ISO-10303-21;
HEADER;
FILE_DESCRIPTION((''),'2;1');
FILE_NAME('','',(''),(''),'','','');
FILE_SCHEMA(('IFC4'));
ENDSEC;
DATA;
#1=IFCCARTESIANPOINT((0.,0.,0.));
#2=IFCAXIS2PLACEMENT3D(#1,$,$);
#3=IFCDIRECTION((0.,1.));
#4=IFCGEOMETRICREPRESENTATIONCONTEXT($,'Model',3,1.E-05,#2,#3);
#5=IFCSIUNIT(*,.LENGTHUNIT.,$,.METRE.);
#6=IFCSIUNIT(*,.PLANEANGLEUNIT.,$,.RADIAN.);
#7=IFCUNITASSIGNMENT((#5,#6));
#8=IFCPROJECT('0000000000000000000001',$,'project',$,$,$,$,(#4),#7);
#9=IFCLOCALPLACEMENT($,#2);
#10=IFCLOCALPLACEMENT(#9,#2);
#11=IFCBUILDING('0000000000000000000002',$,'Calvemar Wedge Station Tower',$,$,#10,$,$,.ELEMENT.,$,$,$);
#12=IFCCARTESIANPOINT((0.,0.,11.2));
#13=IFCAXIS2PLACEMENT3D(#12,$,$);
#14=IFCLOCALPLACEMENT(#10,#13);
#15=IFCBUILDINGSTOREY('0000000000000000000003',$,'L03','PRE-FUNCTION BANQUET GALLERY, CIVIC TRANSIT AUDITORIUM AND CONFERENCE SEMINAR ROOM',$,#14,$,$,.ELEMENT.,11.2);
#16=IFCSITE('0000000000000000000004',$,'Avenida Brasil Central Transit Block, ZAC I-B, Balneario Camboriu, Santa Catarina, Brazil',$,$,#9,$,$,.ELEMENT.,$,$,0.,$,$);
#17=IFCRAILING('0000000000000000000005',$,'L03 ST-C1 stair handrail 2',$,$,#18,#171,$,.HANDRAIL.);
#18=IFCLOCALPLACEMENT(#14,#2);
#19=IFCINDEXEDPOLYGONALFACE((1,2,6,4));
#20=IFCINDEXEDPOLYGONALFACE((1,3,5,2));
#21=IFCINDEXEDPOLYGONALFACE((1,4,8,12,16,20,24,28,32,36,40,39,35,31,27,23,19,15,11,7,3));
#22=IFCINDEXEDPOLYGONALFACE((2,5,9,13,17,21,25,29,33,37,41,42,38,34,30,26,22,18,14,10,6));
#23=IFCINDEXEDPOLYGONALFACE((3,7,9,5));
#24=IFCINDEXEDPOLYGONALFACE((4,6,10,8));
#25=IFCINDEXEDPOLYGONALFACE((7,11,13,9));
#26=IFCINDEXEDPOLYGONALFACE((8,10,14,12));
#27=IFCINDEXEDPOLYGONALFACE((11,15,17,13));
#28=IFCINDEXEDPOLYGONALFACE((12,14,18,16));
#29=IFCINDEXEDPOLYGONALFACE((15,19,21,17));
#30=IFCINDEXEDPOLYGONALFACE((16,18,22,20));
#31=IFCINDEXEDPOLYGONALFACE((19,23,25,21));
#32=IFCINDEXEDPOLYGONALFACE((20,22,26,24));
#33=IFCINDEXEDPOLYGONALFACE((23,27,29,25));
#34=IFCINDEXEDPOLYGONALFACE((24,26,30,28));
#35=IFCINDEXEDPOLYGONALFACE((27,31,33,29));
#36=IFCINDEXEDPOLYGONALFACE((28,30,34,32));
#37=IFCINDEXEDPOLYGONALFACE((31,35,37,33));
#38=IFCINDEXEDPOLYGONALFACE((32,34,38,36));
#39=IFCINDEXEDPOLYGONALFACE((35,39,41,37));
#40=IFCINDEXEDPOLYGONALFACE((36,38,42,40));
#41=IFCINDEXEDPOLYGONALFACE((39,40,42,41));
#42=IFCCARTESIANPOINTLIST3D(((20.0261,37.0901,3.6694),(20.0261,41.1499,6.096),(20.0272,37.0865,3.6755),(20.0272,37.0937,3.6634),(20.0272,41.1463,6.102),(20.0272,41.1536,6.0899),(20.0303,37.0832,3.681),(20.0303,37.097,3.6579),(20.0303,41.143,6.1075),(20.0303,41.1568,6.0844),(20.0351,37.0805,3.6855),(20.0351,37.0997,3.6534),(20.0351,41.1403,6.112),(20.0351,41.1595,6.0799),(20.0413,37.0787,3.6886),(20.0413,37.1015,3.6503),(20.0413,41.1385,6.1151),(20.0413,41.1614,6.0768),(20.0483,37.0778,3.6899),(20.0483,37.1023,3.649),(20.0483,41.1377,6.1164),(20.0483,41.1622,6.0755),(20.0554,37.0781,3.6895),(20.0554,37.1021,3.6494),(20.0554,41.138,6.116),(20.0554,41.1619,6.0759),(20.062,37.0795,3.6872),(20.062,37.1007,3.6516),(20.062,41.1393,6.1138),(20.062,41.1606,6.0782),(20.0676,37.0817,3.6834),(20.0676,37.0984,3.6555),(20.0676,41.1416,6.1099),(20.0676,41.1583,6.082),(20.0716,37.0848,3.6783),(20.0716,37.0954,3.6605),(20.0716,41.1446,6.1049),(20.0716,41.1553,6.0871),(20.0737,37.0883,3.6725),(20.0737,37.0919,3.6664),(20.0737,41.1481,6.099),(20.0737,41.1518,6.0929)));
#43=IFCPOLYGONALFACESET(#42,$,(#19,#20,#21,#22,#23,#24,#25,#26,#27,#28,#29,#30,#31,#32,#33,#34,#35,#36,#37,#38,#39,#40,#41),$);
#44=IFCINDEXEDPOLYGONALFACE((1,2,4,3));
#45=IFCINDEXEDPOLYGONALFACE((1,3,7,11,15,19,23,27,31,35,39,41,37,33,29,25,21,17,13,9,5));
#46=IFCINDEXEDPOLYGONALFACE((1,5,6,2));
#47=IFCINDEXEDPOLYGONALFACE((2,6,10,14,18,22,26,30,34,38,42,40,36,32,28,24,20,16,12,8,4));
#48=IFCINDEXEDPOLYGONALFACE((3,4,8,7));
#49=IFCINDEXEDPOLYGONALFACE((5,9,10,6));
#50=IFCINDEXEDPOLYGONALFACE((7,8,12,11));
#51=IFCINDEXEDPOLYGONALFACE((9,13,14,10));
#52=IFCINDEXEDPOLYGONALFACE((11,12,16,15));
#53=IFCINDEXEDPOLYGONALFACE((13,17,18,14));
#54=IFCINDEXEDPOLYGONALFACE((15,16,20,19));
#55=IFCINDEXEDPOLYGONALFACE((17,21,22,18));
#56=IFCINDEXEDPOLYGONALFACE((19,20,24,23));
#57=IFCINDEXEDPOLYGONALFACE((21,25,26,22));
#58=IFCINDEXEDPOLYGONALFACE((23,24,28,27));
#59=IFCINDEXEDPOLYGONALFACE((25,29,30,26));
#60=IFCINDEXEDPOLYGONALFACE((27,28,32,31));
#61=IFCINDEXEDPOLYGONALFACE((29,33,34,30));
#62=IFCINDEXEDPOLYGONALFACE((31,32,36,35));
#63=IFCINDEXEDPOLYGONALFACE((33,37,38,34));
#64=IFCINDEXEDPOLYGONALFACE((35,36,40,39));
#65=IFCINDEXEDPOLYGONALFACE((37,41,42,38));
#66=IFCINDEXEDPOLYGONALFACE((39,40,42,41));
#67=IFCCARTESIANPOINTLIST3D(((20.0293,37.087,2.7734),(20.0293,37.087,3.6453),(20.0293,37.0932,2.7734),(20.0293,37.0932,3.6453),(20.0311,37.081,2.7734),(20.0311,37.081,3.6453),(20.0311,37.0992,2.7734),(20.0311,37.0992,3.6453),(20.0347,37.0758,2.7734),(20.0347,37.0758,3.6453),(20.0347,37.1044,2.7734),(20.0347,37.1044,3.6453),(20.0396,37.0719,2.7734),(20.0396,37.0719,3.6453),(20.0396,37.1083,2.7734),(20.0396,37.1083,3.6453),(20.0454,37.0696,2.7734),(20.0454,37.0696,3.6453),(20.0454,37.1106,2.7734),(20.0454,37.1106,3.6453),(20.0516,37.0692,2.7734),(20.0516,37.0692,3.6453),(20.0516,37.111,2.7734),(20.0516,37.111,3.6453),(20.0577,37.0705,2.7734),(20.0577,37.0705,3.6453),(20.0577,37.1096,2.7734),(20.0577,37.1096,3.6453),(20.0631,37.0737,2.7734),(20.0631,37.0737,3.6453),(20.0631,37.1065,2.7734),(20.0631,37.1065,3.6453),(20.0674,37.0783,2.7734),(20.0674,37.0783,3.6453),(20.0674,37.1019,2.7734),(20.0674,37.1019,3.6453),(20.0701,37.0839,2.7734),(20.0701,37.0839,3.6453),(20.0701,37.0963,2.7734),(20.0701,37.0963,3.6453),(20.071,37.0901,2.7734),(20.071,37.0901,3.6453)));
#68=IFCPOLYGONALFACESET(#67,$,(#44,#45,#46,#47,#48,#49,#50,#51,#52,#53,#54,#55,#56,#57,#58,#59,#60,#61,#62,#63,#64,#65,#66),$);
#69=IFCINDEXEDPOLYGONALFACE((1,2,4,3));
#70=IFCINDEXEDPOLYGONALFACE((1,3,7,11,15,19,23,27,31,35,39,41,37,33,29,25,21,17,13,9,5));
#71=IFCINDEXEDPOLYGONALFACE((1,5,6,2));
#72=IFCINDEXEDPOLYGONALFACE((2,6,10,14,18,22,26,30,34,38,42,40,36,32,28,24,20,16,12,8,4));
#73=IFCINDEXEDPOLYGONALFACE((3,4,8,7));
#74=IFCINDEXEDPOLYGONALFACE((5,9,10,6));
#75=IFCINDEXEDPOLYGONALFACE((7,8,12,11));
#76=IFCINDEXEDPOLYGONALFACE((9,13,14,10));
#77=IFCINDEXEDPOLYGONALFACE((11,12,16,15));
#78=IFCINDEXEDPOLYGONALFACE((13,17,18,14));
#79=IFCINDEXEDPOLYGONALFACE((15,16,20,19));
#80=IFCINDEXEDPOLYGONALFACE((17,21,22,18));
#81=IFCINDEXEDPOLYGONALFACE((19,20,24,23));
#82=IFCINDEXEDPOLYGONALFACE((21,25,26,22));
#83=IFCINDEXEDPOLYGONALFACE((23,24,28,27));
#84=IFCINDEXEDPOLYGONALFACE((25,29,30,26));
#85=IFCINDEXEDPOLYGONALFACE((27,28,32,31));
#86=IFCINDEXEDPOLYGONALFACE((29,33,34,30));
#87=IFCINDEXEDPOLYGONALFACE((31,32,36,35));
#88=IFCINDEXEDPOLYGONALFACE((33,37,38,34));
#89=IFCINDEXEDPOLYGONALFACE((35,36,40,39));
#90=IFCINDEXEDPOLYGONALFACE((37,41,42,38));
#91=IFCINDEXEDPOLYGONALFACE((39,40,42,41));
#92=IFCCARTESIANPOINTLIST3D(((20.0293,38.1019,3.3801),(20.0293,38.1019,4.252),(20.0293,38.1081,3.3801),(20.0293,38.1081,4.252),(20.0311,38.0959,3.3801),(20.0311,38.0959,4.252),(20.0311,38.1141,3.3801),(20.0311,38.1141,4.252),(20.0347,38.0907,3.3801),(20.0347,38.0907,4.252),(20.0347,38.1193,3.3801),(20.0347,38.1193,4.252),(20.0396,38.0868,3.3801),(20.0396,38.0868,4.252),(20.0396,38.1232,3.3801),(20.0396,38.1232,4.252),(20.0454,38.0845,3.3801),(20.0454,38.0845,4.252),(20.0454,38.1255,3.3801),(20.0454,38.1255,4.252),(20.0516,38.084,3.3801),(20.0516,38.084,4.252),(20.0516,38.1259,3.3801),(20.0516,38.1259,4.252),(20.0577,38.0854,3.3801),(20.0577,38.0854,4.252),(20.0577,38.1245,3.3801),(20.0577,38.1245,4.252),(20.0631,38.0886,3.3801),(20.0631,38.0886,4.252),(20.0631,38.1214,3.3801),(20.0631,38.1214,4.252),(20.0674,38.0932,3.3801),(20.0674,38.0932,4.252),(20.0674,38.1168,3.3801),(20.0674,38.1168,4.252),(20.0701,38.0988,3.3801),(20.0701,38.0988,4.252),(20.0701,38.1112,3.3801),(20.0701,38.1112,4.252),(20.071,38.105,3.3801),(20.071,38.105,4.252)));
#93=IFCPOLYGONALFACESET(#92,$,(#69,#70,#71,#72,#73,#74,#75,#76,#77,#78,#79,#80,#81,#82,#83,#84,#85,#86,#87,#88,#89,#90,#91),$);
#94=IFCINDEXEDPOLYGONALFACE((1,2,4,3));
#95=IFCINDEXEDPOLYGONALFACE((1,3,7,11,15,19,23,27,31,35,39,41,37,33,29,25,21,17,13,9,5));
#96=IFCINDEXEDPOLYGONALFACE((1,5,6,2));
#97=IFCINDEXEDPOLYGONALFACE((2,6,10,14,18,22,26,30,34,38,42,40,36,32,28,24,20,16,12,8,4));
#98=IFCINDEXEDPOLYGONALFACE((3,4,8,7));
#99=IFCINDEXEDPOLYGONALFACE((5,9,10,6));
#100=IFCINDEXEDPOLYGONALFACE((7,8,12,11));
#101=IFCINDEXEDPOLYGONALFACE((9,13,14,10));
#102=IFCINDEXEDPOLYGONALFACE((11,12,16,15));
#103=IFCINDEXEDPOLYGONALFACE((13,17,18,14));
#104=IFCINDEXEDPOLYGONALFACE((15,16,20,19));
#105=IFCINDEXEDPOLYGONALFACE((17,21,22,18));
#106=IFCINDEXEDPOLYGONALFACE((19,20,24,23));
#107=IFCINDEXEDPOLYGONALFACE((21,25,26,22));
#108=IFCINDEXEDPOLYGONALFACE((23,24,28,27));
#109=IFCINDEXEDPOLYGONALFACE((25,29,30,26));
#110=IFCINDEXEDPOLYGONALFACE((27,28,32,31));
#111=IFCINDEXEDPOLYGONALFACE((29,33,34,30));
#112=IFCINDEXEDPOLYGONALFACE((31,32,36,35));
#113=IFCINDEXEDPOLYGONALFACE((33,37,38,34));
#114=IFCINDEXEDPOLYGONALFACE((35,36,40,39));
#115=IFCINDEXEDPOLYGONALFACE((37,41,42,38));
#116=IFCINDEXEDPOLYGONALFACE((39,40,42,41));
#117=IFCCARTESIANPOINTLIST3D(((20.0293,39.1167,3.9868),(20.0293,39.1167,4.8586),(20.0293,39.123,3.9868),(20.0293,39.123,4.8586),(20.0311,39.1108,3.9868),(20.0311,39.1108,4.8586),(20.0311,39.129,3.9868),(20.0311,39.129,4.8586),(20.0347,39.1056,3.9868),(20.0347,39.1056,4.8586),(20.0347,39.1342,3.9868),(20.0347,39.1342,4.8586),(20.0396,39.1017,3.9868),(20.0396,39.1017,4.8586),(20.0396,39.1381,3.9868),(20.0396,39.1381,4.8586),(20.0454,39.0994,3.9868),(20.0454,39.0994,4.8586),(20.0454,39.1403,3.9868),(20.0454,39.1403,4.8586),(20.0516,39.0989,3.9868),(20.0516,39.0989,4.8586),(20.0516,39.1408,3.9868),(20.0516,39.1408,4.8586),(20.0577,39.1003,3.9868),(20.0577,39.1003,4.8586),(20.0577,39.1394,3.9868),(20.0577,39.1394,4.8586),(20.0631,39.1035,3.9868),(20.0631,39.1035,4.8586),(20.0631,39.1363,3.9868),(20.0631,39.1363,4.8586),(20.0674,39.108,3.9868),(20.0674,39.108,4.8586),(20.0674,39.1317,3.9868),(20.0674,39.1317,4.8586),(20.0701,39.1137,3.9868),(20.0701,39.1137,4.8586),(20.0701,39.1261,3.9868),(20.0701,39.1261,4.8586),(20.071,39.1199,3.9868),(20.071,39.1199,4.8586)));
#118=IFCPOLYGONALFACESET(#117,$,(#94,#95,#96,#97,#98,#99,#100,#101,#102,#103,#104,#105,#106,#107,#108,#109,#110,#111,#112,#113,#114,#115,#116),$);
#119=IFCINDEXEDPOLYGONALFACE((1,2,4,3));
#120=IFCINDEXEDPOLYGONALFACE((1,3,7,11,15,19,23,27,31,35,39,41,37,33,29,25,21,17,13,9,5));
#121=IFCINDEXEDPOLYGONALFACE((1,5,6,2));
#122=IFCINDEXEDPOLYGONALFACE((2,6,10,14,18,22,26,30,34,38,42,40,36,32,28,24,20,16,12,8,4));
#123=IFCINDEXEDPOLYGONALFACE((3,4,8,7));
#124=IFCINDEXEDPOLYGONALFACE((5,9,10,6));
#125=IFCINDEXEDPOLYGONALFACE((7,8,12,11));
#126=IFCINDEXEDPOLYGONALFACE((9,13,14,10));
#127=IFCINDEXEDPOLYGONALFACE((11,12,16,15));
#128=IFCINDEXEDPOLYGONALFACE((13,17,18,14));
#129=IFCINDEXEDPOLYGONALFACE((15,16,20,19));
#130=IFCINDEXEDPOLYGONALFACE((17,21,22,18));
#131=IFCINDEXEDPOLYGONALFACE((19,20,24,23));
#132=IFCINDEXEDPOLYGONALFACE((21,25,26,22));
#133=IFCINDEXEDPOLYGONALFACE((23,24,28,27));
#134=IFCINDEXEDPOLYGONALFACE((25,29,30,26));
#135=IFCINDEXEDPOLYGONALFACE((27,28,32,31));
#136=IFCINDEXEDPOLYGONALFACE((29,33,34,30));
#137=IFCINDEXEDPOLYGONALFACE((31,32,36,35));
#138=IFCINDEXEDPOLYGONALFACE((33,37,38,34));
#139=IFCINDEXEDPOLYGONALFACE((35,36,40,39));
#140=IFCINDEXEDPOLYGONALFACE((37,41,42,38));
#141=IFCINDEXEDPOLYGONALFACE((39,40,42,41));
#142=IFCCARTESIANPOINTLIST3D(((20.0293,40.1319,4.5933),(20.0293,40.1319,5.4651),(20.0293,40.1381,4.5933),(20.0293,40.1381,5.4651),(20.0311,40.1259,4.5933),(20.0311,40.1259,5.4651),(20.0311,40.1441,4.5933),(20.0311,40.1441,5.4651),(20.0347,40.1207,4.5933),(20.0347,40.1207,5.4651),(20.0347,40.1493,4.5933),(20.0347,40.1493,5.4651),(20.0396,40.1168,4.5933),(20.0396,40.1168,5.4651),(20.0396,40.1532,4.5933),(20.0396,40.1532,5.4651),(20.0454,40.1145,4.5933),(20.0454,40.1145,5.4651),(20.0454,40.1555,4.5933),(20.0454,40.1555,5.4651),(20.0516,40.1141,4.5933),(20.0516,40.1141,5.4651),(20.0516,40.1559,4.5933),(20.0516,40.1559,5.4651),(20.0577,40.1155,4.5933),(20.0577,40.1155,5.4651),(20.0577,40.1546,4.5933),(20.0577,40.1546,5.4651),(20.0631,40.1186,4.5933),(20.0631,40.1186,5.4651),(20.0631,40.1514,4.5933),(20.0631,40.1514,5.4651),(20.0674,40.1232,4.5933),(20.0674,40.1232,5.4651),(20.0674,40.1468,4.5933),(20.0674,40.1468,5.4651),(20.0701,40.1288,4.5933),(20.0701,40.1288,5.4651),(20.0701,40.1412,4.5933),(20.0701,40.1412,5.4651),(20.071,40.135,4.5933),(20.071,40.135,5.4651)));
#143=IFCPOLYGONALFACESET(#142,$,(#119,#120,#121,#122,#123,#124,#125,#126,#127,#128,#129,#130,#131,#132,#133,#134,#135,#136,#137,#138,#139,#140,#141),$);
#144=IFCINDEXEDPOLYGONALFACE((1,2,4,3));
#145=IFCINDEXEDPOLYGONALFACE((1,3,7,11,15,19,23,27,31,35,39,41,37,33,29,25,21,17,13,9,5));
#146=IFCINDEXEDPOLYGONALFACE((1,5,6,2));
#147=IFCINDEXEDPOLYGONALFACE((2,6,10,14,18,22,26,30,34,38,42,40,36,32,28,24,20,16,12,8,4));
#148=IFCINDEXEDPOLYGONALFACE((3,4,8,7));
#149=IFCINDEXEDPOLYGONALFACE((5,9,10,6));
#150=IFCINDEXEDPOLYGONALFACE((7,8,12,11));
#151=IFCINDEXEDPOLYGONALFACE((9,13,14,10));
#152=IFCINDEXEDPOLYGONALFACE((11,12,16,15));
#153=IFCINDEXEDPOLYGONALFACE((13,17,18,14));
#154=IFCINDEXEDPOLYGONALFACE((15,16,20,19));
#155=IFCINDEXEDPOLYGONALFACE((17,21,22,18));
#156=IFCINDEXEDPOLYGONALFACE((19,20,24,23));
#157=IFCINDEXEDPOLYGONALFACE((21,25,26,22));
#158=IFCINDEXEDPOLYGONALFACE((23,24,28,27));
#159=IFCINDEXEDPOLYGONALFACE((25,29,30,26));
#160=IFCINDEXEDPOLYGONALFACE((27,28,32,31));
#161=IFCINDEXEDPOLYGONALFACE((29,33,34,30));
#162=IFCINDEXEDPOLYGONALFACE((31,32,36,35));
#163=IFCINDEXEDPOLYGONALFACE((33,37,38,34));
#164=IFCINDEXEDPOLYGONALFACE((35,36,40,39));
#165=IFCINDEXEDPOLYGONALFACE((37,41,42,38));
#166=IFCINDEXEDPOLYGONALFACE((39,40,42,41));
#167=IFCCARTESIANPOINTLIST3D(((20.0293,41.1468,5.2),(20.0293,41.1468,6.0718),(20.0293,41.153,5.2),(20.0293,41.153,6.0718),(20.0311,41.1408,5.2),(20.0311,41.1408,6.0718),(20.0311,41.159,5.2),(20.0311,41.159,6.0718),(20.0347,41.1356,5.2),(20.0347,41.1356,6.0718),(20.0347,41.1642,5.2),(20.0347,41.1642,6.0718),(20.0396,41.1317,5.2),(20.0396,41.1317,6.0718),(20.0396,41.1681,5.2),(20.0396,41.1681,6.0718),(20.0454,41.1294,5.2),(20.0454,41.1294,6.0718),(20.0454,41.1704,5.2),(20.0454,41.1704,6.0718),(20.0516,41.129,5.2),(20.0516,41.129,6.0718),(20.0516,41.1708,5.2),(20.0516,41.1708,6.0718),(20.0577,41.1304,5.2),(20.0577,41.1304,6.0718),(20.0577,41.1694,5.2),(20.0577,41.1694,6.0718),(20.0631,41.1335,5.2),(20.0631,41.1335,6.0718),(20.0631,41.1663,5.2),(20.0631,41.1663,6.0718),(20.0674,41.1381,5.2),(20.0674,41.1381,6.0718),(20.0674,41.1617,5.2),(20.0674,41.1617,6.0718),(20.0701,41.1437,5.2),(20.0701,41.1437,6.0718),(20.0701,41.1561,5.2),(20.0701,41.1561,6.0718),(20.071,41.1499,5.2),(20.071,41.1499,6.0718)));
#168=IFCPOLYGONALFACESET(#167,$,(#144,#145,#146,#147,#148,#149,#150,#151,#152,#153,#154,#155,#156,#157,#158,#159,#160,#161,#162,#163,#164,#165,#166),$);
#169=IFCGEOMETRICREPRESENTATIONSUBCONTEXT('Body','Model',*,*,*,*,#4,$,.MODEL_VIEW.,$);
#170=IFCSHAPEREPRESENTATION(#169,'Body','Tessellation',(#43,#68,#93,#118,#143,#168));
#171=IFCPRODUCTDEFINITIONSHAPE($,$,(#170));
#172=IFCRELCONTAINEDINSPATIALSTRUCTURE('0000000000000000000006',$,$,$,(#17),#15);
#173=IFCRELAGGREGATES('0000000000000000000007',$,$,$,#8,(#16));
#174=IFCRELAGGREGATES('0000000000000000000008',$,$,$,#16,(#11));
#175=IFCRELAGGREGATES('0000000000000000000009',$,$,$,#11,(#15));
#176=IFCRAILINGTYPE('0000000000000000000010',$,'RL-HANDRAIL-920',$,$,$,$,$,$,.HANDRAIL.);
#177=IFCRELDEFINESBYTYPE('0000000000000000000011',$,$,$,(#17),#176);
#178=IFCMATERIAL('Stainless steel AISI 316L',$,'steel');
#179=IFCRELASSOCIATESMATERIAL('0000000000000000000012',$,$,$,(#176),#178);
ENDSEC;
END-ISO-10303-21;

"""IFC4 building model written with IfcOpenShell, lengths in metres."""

from ifc_helpers import new_model, si_unit, direction, frame, origin, origin_2d, place, context, subcontext, project, spatial, circle, extrude, material, type_object, element, save


model = new_model("IFC4")

# Units and contexts
model_context = context("Model", 3, precision=1e-05, world=origin(), true_north=direction((0.0, 1.0)))
body_context = subcontext(model_context, "Body", "Model", "MODEL_VIEW")
ifc_project = project(units=[si_unit("LENGTHUNIT", "METRE"), si_unit("PLANEANGLEUNIT", "RADIAN")], contexts=[model_context])

# Site, building, storey
site_placement = place(None, origin())
site = spatial("IfcSite", under=ifc_project, at=site_placement, Name="Avenida Brasil Central Transit Block, ZAC I-B, Balneario Camboriu, Santa Catarina, Brazil", CompositionType="ELEMENT", RefElevation=0.0)
building_placement = place(site_placement, origin())
building = spatial("IfcBuilding", under=site, at=building_placement, Name="Calvemar Wedge Station Tower", CompositionType="ELEMENT")
storey_placement = place(building_placement, frame((0.0, 0.0, 11.2)))
storey = spatial("IfcBuildingStorey", under=building, at=storey_placement, Name="L03", Description="PRE-FUNCTION BANQUET GALLERY, CIVIC TRANSIT AUDITORIUM AND CONFERENCE SEMINAR ROOM", CompositionType="ELEMENT", Elevation=11.2)

# Railing
ifc_material_1 = material(Name="Stainless steel AISI 316L", Category="steel")
railing_type_1 = type_object("IfcRailingType", Name="RL-HANDRAIL-920", PredefinedType="HANDRAIL", material=ifc_material_1)
railing_1_placement = place(storey_placement, frame((20.05, 37.0901, 2.7734)))
element("IfcRailing", 1, at=railing_1_placement, inside=storey, type_object=railing_type_1, Name="L03 ST-C1 stair handrail 2", PredefinedType="HANDRAIL", context=body_context, shape_type="SweptSolid", body=[
    extrude(circle(Radius=0.0239, at=origin_2d()), frame((0.0, 0.0, 0.896), z_axis=(0.0, 0.858366, 0.513038), x_axis=(-1.0, 0.0, 0.0)), (0.0, 0.0, 1.0), 4.7297),
    extrude(circle(Radius=0.021, at=origin_2d()), origin(), (0.0, 0.0, 1.0), 0.8718),
    extrude(circle(Radius=0.021, at=origin_2d()), frame((0.0, 1.0149, 0.6067)), (0.0, 0.0, 1.0), 0.8718),
    extrude(circle(Radius=0.021, at=origin_2d()), frame((0.0, 2.0298, 1.2134)), (0.0, 0.0, 1.0), 0.8718),
    extrude(circle(Radius=0.021, at=origin_2d()), frame((0.0, 3.0449, 1.8198)), (0.0, 0.0, 1.0), 0.8718),
    extrude(circle(Radius=0.021, at=origin_2d()), frame((0.0, 4.0598, 2.4265)), (0.0, 0.0, 1.0), 0.8718),
])

save(model, "model.ifc")
